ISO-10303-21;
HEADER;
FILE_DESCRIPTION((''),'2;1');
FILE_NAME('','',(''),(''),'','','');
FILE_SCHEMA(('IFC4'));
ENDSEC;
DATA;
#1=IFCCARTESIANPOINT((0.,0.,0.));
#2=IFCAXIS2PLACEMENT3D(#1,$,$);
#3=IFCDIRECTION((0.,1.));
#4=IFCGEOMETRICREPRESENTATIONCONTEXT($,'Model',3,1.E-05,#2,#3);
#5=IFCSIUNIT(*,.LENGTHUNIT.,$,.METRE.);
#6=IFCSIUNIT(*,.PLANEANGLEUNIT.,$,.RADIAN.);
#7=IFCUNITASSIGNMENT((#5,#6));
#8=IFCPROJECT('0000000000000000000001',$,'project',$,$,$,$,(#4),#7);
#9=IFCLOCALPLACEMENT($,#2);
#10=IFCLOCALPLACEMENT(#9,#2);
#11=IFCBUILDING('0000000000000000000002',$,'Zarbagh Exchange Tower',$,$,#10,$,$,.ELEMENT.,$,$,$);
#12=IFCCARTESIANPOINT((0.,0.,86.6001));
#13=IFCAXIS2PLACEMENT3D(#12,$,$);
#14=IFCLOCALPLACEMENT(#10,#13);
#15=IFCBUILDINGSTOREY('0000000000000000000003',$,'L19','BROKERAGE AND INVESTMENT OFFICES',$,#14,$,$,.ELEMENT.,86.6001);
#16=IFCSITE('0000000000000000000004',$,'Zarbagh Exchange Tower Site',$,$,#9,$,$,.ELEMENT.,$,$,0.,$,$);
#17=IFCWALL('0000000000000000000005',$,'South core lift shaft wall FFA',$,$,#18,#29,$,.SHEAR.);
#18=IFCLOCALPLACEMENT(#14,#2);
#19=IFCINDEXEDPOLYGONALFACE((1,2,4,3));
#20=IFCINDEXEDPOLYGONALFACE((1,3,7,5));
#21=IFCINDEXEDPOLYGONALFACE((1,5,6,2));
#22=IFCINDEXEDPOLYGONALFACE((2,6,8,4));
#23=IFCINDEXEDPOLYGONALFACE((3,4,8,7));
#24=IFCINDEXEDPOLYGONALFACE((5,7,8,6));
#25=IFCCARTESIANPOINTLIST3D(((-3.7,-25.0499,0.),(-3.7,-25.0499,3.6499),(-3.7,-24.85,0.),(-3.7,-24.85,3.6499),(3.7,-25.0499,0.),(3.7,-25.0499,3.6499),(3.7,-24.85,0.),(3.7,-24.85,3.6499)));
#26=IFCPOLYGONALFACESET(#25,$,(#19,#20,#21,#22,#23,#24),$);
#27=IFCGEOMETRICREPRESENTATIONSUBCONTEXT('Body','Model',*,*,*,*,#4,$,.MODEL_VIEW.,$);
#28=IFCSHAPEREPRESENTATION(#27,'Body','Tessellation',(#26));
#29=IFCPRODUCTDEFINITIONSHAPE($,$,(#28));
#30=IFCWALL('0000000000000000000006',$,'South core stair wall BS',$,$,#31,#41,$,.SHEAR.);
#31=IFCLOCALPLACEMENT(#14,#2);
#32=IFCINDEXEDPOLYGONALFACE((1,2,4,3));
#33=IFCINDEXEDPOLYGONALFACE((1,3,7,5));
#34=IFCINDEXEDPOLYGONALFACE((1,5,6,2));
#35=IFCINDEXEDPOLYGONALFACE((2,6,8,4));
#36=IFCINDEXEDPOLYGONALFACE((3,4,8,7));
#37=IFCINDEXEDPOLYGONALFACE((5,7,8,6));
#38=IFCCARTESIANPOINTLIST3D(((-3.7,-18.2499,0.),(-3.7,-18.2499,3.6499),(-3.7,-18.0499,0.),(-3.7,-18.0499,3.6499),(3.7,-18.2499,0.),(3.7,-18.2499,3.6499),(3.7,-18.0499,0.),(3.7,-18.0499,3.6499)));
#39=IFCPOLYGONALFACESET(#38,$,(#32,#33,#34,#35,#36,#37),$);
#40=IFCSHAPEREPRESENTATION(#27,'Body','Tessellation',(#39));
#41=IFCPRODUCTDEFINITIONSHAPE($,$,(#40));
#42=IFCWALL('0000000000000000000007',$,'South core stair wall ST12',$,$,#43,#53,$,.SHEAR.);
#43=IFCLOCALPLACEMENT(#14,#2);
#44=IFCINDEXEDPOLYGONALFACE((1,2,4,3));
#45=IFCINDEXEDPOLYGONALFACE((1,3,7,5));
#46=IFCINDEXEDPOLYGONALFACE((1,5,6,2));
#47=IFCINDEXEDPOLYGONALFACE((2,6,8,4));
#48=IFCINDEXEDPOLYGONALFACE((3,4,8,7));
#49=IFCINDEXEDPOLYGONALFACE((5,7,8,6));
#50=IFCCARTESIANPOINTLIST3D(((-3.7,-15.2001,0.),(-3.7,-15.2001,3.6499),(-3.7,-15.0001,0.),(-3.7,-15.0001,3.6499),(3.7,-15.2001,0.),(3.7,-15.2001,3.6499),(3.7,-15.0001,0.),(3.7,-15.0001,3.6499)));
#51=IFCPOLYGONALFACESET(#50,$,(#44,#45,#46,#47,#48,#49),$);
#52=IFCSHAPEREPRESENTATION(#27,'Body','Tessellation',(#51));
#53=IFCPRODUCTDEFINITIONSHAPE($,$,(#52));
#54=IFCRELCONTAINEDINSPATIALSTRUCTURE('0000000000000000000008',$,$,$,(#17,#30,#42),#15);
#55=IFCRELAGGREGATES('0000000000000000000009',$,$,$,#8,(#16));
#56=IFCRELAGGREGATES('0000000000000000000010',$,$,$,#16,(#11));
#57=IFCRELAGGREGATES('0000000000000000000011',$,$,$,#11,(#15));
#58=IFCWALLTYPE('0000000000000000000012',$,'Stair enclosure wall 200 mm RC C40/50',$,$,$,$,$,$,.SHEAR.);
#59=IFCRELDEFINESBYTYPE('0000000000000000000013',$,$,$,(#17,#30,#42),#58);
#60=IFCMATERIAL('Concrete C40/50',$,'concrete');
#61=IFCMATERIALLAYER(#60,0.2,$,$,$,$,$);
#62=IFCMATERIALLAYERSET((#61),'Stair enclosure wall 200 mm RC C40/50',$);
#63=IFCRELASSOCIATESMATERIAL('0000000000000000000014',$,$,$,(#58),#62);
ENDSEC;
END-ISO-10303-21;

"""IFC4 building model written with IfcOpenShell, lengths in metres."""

from ifc_helpers import new_model, si_unit, direction, frame, frame_2d, origin, place, context, subcontext, project, spatial, rectangle, extrude, material, layer, layer_set, type_object, element, save


model = new_model("IFC4")

# Units and contexts
model_context = context("Model", 3, precision=1e-05, world=origin(), true_north=direction((0.0, 1.0)))
body_context = subcontext(model_context, "Body", "Model", "MODEL_VIEW")
ifc_project = project(units=[si_unit("LENGTHUNIT", "METRE"), si_unit("PLANEANGLEUNIT", "RADIAN")], contexts=[model_context])

# Site, building, storey
site_placement = place(None, origin())
site = spatial("IfcSite", under=ifc_project, at=site_placement, Name="Zarbagh Exchange Tower Site", CompositionType="ELEMENT", RefElevation=0.0)
building_placement = place(site_placement, origin())
building = spatial("IfcBuilding", under=site, at=building_placement, Name="Zarbagh Exchange Tower", CompositionType="ELEMENT")
storey_placement = place(building_placement, frame((0.0, 0.0, 86.6001)))
storey = spatial("IfcBuildingStorey", under=building, at=storey_placement, Name="L19", Description="BROKERAGE AND INVESTMENT OFFICES", CompositionType="ELEMENT", Elevation=86.6001)

# Walls
ifc_material_1 = material(Name="Concrete C40/50", Category="concrete")
ifc_layer_1 = layer(ifc_material_1, 0.2)
ifc_layer_set_1 = layer_set([ifc_layer_1], Name="Stair enclosure wall 200 mm RC C40/50")
wall_type_1 = type_object("IfcWallType", Name="Stair enclosure wall 200 mm RC C40/50", PredefinedType="SHEAR", material=ifc_layer_set_1)
for number, where, z_axis, x_axis, name in (
    (1, (3.7, -24.95, 0.0), (0.0, 0.0, 1.0), (-1.0, 0.0, 0.0), "South core lift shaft wall FFA"),
    (2, (3.7, -18.1499, 0.0), (0.0, 0.0, 1.0), (-1.0, 0.0, 0.0), "South core stair wall BS"),
    (3, (3.7, -15.1001, 0.0), (0.0, 0.0, 1.0), (-1.0, 0.0, 0.0), "South core stair wall ST12"),
):
    element("IfcWall", number, at=place(storey_placement, frame(where, z_axis=z_axis, x_axis=x_axis)), inside=storey, type_object=wall_type_1, Name=name, PredefinedType="SHEAR", context=body_context, shape_type="SweptSolid", body=[
        extrude(rectangle(XDim=7.3999, YDim=0.2, at=frame_2d((3.7, 0.0))), origin(), (0.0, 0.0, 1.0), 3.6499),
    ])

save(model, "model.ifc")
